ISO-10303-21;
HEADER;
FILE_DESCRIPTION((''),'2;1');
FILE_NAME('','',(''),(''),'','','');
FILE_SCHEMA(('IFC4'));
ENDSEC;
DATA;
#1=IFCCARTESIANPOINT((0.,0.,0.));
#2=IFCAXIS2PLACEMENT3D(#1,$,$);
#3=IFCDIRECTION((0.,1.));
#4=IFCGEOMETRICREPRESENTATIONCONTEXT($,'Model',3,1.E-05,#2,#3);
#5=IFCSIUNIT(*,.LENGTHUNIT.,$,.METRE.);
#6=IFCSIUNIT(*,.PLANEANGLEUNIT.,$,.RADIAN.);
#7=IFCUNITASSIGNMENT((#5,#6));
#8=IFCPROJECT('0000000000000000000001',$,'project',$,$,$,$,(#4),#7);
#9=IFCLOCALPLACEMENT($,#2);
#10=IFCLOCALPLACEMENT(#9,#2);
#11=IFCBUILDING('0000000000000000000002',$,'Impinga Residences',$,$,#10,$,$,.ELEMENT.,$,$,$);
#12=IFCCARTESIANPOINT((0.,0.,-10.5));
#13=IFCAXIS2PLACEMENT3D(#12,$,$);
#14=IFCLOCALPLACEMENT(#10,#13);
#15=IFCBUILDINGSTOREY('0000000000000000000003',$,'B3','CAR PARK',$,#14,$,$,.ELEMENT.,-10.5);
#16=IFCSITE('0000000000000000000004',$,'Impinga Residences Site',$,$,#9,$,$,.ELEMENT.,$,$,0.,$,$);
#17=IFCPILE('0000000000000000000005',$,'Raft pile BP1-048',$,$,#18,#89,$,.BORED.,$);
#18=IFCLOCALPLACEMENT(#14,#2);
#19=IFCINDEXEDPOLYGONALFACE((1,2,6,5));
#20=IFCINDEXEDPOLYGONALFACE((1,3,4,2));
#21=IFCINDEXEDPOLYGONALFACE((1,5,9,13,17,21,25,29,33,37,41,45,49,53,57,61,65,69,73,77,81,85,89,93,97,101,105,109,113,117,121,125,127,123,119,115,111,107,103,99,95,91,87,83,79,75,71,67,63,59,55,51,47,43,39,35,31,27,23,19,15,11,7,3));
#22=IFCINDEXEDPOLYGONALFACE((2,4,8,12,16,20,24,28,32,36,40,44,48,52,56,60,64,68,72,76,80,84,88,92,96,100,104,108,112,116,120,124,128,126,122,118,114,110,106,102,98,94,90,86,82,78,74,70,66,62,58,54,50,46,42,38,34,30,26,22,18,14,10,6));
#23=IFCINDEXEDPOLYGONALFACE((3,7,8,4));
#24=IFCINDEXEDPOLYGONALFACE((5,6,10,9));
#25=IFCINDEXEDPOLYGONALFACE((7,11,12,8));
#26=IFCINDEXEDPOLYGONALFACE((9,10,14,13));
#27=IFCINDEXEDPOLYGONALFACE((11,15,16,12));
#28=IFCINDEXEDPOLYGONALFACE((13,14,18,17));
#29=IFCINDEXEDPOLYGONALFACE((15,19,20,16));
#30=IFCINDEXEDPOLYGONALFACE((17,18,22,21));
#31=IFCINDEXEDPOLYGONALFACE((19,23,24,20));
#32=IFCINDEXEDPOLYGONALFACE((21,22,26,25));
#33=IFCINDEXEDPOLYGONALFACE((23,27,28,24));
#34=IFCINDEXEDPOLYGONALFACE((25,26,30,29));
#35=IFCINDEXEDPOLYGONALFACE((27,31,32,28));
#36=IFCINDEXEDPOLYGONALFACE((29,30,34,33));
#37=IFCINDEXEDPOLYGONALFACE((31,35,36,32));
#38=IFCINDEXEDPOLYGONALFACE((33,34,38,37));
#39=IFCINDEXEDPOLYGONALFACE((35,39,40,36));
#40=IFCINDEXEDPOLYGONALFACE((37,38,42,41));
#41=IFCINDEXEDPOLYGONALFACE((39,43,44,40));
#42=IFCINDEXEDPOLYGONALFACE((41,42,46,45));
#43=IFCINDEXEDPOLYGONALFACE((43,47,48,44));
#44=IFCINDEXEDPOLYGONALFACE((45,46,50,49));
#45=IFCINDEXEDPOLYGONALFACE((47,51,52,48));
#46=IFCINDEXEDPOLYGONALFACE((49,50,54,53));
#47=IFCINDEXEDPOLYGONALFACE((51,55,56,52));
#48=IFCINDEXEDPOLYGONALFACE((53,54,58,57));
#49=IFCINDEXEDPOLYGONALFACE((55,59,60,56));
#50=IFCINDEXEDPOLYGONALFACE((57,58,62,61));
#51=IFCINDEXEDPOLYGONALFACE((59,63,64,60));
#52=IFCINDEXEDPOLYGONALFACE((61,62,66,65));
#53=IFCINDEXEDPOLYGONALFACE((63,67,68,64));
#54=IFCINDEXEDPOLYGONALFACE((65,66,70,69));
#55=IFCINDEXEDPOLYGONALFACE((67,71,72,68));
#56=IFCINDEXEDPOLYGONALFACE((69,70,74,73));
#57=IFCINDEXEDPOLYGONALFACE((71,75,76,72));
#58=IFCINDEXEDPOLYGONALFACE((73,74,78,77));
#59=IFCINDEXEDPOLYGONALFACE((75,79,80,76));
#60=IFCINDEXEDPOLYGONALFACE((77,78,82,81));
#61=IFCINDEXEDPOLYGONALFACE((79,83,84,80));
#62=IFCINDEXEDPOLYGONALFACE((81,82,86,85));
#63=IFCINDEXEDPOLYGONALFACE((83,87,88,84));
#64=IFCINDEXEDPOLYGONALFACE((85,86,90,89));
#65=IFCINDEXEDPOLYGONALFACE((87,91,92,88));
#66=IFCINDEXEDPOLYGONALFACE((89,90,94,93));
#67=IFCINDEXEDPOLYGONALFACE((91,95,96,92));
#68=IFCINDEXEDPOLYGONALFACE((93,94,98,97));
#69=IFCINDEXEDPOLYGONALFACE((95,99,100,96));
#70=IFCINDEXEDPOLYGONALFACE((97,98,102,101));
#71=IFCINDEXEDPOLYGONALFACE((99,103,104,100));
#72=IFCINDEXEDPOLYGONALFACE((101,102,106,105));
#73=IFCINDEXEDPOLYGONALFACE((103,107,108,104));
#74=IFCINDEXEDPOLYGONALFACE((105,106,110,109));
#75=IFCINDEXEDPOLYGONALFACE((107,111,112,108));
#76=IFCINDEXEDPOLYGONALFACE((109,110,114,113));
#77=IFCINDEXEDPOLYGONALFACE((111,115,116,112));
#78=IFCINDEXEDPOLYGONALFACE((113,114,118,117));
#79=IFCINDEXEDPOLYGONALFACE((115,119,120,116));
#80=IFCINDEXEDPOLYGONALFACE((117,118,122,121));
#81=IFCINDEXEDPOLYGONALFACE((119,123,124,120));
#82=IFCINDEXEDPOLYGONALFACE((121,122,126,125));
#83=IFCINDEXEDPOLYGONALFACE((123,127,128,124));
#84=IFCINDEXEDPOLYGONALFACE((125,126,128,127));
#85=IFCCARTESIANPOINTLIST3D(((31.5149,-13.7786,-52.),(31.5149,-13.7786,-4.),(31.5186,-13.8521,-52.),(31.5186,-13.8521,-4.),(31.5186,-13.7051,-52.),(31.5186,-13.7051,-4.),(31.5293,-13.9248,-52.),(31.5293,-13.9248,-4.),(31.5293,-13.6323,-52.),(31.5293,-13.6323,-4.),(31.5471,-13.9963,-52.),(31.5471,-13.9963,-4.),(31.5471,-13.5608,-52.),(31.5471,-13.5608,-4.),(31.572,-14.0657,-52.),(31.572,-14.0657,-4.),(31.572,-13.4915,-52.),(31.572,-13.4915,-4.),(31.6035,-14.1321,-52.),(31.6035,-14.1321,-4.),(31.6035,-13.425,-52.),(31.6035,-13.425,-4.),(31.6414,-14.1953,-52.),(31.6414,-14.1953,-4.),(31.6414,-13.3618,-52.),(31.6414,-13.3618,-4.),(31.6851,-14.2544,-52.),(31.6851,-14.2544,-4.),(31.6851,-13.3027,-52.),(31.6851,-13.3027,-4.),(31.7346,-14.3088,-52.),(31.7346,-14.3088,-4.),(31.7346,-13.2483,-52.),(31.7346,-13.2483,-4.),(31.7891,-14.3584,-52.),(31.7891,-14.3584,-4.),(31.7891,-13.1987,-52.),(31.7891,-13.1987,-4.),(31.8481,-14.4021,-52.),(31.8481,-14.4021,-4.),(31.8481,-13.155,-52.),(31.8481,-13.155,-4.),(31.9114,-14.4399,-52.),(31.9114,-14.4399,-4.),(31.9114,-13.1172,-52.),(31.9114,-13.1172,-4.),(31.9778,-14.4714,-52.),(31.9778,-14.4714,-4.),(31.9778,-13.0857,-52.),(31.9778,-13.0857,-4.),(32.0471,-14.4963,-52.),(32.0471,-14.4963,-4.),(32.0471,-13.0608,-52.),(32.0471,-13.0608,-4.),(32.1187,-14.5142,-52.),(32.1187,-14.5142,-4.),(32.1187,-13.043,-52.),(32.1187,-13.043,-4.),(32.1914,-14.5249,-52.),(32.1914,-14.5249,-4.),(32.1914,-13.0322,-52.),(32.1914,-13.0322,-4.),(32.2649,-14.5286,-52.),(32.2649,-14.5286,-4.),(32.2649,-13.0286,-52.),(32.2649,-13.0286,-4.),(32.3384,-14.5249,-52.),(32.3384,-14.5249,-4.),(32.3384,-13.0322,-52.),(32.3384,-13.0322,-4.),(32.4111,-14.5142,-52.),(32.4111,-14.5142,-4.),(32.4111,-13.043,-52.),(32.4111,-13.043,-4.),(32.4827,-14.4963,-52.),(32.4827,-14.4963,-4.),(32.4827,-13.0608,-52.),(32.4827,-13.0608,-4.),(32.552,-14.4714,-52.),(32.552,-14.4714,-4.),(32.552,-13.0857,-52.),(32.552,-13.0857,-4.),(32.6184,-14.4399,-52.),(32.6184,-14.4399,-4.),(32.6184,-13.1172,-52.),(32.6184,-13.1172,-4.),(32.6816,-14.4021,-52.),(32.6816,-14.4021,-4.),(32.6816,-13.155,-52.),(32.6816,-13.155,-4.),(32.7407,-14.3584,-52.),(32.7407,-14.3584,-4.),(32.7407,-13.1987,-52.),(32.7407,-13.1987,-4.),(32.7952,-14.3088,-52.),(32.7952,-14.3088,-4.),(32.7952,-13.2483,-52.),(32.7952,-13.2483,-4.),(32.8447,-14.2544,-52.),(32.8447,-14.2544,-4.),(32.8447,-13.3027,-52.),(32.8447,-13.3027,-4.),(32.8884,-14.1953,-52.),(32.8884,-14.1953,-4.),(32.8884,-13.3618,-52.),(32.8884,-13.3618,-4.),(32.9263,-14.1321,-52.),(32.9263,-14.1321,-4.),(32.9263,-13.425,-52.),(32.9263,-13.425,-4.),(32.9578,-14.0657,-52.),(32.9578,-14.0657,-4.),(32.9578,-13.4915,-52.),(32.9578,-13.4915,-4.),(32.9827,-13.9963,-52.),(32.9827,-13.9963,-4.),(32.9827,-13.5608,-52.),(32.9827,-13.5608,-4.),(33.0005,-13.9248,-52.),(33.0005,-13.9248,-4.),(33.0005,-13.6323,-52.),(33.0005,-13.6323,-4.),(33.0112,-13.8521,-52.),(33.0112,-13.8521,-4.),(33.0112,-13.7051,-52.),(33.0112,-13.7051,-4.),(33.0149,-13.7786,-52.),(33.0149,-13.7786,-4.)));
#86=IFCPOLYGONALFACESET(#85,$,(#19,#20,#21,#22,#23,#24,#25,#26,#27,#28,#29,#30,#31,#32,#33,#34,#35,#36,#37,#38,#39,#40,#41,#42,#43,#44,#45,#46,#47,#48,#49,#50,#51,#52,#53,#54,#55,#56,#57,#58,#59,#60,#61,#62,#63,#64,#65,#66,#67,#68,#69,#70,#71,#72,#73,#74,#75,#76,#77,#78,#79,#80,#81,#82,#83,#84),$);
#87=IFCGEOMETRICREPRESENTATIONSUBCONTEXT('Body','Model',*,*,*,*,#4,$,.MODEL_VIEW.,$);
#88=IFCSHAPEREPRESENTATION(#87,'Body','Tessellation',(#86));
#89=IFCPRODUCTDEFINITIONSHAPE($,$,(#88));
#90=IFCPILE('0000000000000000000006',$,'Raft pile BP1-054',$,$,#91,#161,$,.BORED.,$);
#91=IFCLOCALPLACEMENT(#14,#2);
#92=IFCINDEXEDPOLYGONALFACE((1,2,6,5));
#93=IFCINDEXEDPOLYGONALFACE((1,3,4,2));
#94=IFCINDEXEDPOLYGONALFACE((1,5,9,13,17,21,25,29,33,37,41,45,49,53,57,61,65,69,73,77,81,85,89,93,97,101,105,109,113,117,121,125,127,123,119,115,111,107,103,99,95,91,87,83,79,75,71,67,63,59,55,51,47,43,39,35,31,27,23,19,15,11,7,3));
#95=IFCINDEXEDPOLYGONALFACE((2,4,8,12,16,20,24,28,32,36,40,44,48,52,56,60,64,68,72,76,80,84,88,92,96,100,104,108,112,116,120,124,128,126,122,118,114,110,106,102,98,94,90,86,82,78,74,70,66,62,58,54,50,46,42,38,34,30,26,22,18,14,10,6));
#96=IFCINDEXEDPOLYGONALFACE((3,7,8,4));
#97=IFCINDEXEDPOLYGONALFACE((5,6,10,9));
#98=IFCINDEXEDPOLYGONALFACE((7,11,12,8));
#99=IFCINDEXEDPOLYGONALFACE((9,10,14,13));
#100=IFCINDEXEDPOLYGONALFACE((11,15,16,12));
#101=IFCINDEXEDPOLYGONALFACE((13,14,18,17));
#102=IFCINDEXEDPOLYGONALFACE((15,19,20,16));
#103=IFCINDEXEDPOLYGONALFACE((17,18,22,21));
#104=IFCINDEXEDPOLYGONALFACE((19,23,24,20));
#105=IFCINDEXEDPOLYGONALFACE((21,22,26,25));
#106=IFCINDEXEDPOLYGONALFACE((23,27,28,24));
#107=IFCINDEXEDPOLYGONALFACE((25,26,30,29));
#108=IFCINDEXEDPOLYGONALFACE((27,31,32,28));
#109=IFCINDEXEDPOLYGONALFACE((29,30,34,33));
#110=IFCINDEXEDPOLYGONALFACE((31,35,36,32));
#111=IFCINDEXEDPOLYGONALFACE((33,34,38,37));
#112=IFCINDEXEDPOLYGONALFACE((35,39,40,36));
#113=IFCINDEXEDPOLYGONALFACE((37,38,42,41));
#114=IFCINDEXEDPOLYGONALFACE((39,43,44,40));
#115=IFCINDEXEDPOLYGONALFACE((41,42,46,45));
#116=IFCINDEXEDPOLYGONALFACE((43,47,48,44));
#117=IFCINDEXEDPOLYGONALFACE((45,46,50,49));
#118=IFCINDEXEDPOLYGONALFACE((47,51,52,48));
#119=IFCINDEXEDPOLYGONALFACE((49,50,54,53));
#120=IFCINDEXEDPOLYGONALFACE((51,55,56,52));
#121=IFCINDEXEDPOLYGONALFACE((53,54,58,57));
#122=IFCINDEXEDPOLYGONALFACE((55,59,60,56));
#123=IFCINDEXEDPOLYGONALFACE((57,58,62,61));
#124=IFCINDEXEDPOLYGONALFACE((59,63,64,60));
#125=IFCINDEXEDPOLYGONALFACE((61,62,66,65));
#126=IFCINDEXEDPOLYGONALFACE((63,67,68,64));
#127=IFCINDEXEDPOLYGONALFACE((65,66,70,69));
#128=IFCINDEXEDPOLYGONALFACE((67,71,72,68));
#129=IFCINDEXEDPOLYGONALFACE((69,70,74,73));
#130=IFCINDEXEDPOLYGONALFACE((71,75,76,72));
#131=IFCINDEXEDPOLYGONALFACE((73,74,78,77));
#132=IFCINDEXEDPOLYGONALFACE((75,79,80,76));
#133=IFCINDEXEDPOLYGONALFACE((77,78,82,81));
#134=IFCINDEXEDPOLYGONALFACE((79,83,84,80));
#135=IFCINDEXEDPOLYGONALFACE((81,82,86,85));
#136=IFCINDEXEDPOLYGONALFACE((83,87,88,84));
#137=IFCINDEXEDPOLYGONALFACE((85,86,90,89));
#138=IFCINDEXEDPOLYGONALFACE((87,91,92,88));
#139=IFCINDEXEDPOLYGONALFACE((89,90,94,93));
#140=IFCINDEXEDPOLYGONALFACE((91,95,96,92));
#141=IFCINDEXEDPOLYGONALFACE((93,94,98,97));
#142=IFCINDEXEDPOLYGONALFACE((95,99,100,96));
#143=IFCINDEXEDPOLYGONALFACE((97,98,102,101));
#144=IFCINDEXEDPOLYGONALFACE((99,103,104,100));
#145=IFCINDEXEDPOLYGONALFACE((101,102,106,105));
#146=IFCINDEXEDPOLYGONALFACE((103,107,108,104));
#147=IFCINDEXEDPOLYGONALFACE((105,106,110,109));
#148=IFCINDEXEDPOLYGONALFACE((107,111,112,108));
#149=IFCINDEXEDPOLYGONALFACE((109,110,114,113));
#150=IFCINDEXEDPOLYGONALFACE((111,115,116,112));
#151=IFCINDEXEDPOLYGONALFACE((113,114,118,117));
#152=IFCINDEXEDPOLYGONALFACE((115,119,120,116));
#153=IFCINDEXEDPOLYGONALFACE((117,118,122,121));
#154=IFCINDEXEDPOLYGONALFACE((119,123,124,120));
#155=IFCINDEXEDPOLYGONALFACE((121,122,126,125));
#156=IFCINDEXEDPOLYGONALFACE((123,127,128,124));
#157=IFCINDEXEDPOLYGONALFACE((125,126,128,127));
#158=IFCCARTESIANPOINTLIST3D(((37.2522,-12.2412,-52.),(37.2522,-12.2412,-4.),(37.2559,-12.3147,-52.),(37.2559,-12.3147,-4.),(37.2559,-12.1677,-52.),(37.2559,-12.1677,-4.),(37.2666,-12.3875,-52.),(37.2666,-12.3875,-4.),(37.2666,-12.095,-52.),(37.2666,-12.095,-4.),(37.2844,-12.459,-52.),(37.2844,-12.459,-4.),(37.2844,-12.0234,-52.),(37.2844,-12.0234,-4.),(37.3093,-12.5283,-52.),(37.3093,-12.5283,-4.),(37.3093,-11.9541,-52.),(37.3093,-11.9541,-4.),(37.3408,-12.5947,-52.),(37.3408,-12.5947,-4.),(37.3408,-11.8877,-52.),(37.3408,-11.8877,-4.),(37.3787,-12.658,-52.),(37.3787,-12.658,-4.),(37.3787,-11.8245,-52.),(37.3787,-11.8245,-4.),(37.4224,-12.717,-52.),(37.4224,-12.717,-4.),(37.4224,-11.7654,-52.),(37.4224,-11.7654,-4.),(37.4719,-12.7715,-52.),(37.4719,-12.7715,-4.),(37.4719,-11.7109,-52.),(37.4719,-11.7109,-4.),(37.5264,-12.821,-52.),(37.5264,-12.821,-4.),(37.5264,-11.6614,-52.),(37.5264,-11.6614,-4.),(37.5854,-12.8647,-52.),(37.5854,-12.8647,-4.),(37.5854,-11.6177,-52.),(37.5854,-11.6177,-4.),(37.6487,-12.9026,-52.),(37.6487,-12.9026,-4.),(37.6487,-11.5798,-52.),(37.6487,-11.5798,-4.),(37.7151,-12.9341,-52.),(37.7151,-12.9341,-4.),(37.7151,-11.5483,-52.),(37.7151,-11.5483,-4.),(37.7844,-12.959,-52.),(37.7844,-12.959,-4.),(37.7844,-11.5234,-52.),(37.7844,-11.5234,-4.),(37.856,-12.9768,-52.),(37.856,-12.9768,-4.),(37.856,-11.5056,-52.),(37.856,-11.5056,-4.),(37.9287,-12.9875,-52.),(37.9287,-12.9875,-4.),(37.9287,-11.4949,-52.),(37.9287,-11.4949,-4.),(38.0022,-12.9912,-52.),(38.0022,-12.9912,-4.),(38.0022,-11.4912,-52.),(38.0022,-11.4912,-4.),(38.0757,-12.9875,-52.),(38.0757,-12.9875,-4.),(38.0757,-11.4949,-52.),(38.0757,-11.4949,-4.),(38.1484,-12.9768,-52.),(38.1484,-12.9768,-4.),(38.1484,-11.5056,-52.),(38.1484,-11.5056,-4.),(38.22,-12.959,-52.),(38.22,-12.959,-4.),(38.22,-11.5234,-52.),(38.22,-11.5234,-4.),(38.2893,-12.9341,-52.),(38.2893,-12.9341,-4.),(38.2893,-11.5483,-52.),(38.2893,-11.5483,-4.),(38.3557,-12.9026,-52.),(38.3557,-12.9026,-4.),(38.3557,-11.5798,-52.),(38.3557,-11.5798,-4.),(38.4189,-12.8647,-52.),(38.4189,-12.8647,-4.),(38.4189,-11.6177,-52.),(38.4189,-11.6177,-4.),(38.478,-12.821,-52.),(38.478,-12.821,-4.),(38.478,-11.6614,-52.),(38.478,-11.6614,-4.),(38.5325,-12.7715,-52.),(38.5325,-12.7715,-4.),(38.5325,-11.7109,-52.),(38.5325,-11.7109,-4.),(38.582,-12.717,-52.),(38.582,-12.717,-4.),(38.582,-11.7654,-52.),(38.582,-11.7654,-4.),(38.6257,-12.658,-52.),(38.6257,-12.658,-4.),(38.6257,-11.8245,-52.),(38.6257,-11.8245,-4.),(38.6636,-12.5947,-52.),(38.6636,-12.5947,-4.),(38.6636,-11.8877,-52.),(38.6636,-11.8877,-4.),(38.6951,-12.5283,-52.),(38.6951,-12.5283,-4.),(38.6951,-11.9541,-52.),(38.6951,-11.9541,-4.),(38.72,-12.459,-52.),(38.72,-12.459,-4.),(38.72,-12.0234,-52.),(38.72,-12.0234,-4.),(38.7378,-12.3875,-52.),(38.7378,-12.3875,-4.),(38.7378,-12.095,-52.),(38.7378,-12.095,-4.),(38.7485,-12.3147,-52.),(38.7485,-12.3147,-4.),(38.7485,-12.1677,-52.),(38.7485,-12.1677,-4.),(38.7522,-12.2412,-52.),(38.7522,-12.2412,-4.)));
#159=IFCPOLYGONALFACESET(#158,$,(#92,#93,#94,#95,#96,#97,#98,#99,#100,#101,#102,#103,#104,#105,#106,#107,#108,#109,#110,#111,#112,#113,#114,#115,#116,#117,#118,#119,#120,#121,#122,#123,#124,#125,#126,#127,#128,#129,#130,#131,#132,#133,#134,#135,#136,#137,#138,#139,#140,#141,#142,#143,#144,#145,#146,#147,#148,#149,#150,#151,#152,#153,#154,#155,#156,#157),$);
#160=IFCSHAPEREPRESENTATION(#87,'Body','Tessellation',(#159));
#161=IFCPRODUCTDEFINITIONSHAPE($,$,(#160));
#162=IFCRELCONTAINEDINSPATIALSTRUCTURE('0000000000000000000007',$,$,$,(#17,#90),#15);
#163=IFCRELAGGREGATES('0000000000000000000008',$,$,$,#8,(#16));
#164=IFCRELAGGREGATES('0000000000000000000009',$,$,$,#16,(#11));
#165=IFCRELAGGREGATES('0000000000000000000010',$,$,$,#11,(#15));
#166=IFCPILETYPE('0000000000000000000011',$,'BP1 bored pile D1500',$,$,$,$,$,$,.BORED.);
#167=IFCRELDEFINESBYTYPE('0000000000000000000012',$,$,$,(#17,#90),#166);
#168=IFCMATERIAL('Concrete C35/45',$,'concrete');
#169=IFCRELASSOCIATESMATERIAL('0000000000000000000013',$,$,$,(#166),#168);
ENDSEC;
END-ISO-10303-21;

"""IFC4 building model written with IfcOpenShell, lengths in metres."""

from ifc_helpers import new_model, si_unit, direction, frame, origin, origin_2d, place, context, subcontext, project, spatial, polyline, circle, outline, extrude, material, material_profile, profile_set, type_object, element, save


model = new_model("IFC4")

# Units and contexts
model_context = context("Model", 3, precision=1e-05, world=origin(), true_north=direction((0.0, 1.0)))
body_context = subcontext(model_context, "Body", "Model", "MODEL_VIEW")
ifc_project = project(units=[si_unit("LENGTHUNIT", "METRE"), si_unit("PLANEANGLEUNIT", "RADIAN")], contexts=[model_context])

# Site, building, storey
site_placement = place(None, origin())
site = spatial("IfcSite", under=ifc_project, at=site_placement, Name="Impinga Residences Site", CompositionType="ELEMENT", RefElevation=0.0)
building_placement = place(site_placement, origin())
building = spatial("IfcBuilding", under=site, at=building_placement, Name="Impinga Residences", CompositionType="ELEMENT")
storey_placement = place(building_placement, frame((0.0, 0.0, -10.5)))
storey = spatial("IfcBuildingStorey", under=building, at=storey_placement, Name="B3", Description="CAR PARK", CompositionType="ELEMENT", Elevation=-10.5)

# Piles
ifc_material_1 = material(Name="Concrete C35/45", Category="concrete")
ifc_material_profile_1 = material_profile(ifc_material_1, circle(Radius=0.75, at=origin_2d()), Name="D1500")
ifc_profile_set_1 = profile_set([ifc_material_profile_1], Name="Concrete C35/45")
pile_type_1 = type_object("IfcPileType", Name="BP1 bored pile D1500", PredefinedType="BORED", material=ifc_profile_set_1)
pile_1_placement = place(storey_placement, frame((32.2649, -13.7786, -4.0), z_axis=(0.0, 0.0, -1.0), x_axis=(1.0, 0.0, 0.0)))
element("IfcPile", 1, at=pile_1_placement, inside=storey, type_object=pile_type_1, Name="Raft pile BP1-048", PredefinedType="BORED", context=body_context, shape_type="SweptSolid", body=[
    extrude(outline(polyline([(0.75, 0.0), (0.7463, 0.0735), (0.7356, 0.1462), (0.7178, 0.2178), (0.6929, 0.2871), (0.6614, 0.3535), (0.6235, 0.4167), (0.5798, 0.4758), (0.5303, 0.5303), (0.4758, 0.5798), (0.4167, 0.6235), (0.3535, 0.6614), (0.2871, 0.6929), (0.2178, 0.7178), (0.1462, 0.7356), (0.0735, 0.7463), (0.0, 0.75), (-0.0735, 0.7463), (-0.1462, 0.7356), (-0.2178, 0.7178), (-0.2871, 0.6929), (-0.3535, 0.6614), (-0.4167, 0.6235), (-0.4758, 0.5798), (-0.5303, 0.5303), (-0.5798, 0.4758), (-0.6235, 0.4167), (-0.6614, 0.3535), (-0.6929, 0.2871), (-0.7178, 0.2178), (-0.7356, 0.1462), (-0.7463, 0.0735), (-0.75, 0.0), (-0.7463, -0.0735), (-0.7356, -0.1462), (-0.7178, -0.2178), (-0.6929, -0.2871), (-0.6614, -0.3535), (-0.6235, -0.4167), (-0.5798, -0.4758), (-0.5303, -0.5303), (-0.4758, -0.5798), (-0.4167, -0.6235), (-0.3535, -0.6614), (-0.2871, -0.6929), (-0.2178, -0.7178), (-0.1462, -0.7356), (-0.0735, -0.7463), (0.0, -0.75), (0.0735, -0.7463), (0.1462, -0.7356), (0.2178, -0.7178), (0.2871, -0.6929), (0.3535, -0.6614), (0.4167, -0.6235), (0.4758, -0.5798), (0.5303, -0.5303), (0.5798, -0.4758), (0.6235, -0.4167), (0.6614, -0.3535), (0.6929, -0.2871), (0.7178, -0.2178), (0.7356, -0.1462), (0.7463, -0.0735), (0.75, 0.0)])), origin(), (0.0, 0.0, 1.0), 48.0),
])
pile_2_placement = place(storey_placement, frame((38.0022, -12.2412, -4.0), z_axis=(0.0, 0.0, -1.0), x_axis=(1.0, 0.0, 0.0)))
element("IfcPile", 2, at=pile_2_placement, inside=storey, type_object=pile_type_1, Name="Raft pile BP1-054", PredefinedType="BORED", context=body_context, shape_type="SweptSolid", body=[
    extrude(outline(polyline([(0.75, 0.0), (0.7463, 0.0735), (0.7356, 0.1462), (0.7178, 0.2178), (0.6929, 0.2871), (0.6614, 0.3535), (0.6235, 0.4167), (0.5798, 0.4758), (0.5303, 0.5303), (0.4758, 0.5798), (0.4167, 0.6235), (0.3535, 0.6614), (0.2871, 0.6929), (0.2178, 0.7178), (0.1462, 0.7356), (0.0735, 0.7463), (0.0, 0.75), (-0.0735, 0.7463), (-0.1462, 0.7356), (-0.2178, 0.7178), (-0.2871, 0.6929), (-0.3535, 0.6614), (-0.4167, 0.6235), (-0.4758, 0.5798), (-0.5303, 0.5303), (-0.5798, 0.4758), (-0.6235, 0.4167), (-0.6614, 0.3535), (-0.6929, 0.2871), (-0.7178, 0.2178), (-0.7356, 0.1462), (-0.7463, 0.0735), (-0.75, 0.0), (-0.7463, -0.0735), (-0.7356, -0.1462), (-0.7178, -0.2178), (-0.6929, -0.2871), (-0.6614, -0.3535), (-0.6235, -0.4167), (-0.5798, -0.4758), (-0.5303, -0.5303), (-0.4758, -0.5798), (-0.4167, -0.6235), (-0.3535, -0.6614), (-0.2871, -0.6929), (-0.2178, -0.7178), (-0.1462, -0.7356), (-0.0735, -0.7463), (0.0, -0.75), (0.0735, -0.7463), (0.1462, -0.7356), (0.2178, -0.7178), (0.2871, -0.6929), (0.3535, -0.6614), (0.4167, -0.6235), (0.4758, -0.5798), (0.5303, -0.5303), (0.5798, -0.4758), (0.6235, -0.4167), (0.6614, -0.3535), (0.6929, -0.2871), (0.7178, -0.2178), (0.7356, -0.1462), (0.7463, -0.0735), (0.75, 0.0)])), origin(), (0.0, 0.0, 1.0), 48.0),
])

save(model, "model.ifc")
